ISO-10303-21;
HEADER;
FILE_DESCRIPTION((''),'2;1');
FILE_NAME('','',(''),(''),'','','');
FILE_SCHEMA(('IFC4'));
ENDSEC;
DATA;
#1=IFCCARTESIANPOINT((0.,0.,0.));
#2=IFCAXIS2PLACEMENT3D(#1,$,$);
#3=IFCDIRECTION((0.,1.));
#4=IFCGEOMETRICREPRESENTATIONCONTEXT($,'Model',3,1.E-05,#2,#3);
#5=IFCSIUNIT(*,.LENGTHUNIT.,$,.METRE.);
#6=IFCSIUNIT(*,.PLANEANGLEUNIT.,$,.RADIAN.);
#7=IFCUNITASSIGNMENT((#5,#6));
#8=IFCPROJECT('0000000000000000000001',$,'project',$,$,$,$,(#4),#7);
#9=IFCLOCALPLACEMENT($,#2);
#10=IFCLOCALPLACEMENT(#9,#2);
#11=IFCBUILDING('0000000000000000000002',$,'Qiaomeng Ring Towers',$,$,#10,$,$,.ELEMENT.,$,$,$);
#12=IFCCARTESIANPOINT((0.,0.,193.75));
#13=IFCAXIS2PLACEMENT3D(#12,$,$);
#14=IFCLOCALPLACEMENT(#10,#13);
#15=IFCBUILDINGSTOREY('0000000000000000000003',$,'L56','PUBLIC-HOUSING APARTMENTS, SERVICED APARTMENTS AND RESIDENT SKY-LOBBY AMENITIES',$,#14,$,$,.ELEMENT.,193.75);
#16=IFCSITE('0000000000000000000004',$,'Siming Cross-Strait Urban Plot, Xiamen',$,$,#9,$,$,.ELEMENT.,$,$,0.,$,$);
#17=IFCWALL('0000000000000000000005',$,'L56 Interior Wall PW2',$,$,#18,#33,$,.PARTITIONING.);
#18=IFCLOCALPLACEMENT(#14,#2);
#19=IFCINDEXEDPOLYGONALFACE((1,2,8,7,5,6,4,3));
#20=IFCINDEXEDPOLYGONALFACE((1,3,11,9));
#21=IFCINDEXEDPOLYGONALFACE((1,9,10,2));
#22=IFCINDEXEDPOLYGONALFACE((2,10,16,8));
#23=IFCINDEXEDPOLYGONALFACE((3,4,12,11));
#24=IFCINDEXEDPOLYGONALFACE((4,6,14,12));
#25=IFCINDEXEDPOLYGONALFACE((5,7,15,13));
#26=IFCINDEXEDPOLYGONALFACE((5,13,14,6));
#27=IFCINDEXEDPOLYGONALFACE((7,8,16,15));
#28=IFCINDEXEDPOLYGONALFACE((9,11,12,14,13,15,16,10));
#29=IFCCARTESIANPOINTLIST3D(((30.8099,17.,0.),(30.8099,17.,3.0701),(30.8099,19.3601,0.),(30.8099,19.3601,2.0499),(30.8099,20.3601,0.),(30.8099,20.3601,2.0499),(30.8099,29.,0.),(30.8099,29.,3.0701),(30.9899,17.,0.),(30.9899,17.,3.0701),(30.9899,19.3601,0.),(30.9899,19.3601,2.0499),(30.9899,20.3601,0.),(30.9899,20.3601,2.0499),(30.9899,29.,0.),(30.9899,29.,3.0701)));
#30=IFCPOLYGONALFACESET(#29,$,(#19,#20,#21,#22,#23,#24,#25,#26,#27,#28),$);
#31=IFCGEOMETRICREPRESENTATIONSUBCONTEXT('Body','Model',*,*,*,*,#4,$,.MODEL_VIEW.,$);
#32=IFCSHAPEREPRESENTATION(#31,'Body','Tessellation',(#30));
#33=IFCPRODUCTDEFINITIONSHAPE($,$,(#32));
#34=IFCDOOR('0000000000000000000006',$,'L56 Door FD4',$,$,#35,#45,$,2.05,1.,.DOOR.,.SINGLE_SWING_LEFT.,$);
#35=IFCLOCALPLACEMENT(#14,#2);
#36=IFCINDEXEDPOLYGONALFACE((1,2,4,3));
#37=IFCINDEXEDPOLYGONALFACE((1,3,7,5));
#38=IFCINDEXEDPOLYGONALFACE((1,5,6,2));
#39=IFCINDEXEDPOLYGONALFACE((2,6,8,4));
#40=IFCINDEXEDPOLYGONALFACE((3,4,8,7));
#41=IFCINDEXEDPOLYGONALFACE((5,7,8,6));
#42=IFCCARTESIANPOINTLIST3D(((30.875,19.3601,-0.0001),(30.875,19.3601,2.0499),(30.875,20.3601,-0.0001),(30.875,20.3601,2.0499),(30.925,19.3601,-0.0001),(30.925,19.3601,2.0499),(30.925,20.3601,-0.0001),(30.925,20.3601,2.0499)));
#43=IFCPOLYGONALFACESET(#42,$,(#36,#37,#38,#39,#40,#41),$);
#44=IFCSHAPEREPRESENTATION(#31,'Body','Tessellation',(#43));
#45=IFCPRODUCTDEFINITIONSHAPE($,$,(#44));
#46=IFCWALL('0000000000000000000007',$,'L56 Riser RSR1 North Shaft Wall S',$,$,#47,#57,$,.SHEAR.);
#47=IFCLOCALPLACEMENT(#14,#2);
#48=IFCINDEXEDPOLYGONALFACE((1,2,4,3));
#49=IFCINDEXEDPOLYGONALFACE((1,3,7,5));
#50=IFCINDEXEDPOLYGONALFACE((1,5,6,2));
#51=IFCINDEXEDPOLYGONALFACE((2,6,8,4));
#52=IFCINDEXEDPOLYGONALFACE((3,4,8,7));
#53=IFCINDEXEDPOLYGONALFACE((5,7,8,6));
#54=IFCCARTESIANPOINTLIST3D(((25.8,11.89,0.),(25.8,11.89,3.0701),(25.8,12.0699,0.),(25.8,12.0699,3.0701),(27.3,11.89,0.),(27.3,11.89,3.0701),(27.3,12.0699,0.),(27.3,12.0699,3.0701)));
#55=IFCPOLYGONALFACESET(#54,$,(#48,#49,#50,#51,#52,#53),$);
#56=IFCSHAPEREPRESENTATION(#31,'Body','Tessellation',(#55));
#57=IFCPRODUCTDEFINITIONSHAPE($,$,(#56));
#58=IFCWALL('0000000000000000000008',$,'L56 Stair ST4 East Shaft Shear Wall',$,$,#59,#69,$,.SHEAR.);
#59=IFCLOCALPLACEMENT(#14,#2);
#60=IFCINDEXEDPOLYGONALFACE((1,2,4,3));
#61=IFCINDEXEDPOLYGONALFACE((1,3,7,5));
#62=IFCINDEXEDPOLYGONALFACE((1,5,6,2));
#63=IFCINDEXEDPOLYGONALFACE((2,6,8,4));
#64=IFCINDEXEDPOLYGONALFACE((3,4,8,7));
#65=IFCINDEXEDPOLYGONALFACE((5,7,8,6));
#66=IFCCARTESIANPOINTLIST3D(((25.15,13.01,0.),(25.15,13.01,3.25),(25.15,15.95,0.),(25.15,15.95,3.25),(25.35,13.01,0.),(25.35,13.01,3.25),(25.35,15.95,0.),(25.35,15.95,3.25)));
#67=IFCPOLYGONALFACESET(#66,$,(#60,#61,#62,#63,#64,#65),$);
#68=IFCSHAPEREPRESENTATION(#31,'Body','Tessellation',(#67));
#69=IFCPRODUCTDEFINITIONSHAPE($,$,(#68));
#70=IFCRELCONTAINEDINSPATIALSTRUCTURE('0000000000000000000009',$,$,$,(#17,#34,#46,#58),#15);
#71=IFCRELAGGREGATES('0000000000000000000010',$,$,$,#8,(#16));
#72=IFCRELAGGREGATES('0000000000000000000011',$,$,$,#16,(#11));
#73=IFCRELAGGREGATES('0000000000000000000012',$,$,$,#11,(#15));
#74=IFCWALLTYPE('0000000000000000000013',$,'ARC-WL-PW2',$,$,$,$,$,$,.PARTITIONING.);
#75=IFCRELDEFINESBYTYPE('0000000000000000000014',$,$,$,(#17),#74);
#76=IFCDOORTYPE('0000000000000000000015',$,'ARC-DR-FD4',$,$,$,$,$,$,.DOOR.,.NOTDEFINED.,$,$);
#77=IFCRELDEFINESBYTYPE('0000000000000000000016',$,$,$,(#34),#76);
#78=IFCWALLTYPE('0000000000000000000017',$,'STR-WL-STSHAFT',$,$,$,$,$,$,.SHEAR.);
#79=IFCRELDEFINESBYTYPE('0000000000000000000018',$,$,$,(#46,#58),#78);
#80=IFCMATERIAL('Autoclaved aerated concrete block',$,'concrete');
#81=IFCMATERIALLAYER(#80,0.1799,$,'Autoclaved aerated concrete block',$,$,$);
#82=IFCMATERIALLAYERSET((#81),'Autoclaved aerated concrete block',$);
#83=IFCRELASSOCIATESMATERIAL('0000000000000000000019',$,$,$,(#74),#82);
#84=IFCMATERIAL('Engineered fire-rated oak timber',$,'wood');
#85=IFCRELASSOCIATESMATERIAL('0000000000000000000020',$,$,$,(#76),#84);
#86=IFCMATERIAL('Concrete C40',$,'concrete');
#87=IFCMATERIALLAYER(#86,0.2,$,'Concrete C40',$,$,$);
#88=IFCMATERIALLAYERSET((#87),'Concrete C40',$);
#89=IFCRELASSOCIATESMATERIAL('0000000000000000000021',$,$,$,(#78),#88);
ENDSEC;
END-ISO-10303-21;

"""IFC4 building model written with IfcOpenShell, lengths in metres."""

from ifc_helpers import new_model, si_unit, direction, frame, frame_2d, origin, place, context, subcontext, project, spatial, rectangle, extrude, source, transform, mapped, material, layer, layer_set, type_object, element, fill, save


model = new_model("IFC4")

# Units and contexts
model_context = context("Model", 3, precision=1e-05, world=origin(), true_north=direction((0.0, 1.0)))
body_context = subcontext(model_context, "Body", "Model", "MODEL_VIEW")
ifc_project = project(units=[si_unit("LENGTHUNIT", "METRE"), si_unit("PLANEANGLEUNIT", "RADIAN")], contexts=[model_context])

# Site, building, storey
site_placement = place(None, origin())
site = spatial("IfcSite", under=ifc_project, at=site_placement, Name="Siming Cross-Strait Urban Plot, Xiamen", CompositionType="ELEMENT", RefElevation=0.0)
building_placement = place(site_placement, origin())
building = spatial("IfcBuilding", under=site, at=building_placement, Name="Qiaomeng Ring Towers", CompositionType="ELEMENT")
storey_placement = place(building_placement, frame((0.0, 0.0, 193.75)))
storey = spatial("IfcBuildingStorey", under=building, at=storey_placement, Name="L56", Description="PUBLIC-HOUSING APARTMENTS, SERVICED APARTMENTS AND RESIDENT SKY-LOBBY AMENITIES", CompositionType="ELEMENT", Elevation=193.75)

# Shared definitions
ifc_material_1 = material(Name="Concrete C40", Category="concrete")

# Shared definitions
ifc_material_2 = material(Name="Autoclaved aerated concrete block", Category="concrete")

# Wall, opening, door
ifc_layer_1 = layer(ifc_material_2, 0.1799, Name="Autoclaved aerated concrete block")
ifc_layer_set_1 = layer_set([ifc_layer_1], Name="Autoclaved aerated concrete block")
wall_type_1 = type_object("IfcWallType", Name="ARC-WL-PW2", PredefinedType="PARTITIONING", material=ifc_layer_set_1)
wall_1_placement = place(storey_placement, frame((30.8999, 17.0, 0.0), z_axis=(0.0, 0.0, 1.0), x_axis=(0.0, 1.0, 0.0)))
wall_1 = element("IfcWall", 1, at=wall_1_placement, inside=storey, type_object=wall_type_1, Name="L56 Interior Wall PW2", PredefinedType="PARTITIONING", context=body_context, shape_type="SweptSolid", body=[
    extrude(rectangle(XDim=12.0, YDim=0.1799, at=frame_2d((6.0, 0.0))), origin(), (0.0, 0.0, 1.0), 3.0701),
])
opening_1_placement = place(wall_1_placement, frame((2.3601, 0.0, 0.0)))
opening_1 = element("IfcOpeningElement", 2, at=opening_1_placement, cuts=wall_1, PredefinedType="OPENING", context=body_context, shape_type="SweptSolid", body=[
    extrude(rectangle(XDim=1.0, YDim=2.05, at=frame_2d((0.5, 1.0249))), frame((0.0, 0.0999, 0.0), z_axis=(0.0, -1.0, 0.0), x_axis=(1.0, 0.0, 0.0)), (0.0, 0.0, 1.0), 0.2),
])
ifc_material_3 = material(Name="Engineered fire-rated oak timber", Category="wood")
door_type_1 = type_object("IfcDoorType", Name="ARC-DR-FD4", OperationType="NOTDEFINED", PredefinedType="DOOR", material=ifc_material_3)
shared_shape_1 = source(origin(), body_context, "Body", "SweptSolid", [
    extrude(rectangle(XDim=1.0, YDim=2.05, at=frame_2d((0.5, 1.0249))), frame((0.0, 0.0249, 0.0), z_axis=(0.0, -1.0, 0.0), x_axis=(1.0, 0.0, 0.0)), (0.0, 0.0, 1.0), 0.05),
])
door_1_placement = place(opening_1_placement, origin())
door_1 = element("IfcDoor", 3, at=door_1_placement, inside=storey, type_object=door_type_1, Name="L56 Door FD4", OperationType="SINGLE_SWING_LEFT", OverallHeight=2.05, OverallWidth=1.0, PredefinedType="DOOR", context=body_context, shape_type="MappedRepresentation", body=[
    mapped(shared_shape_1, transform((0.0, 0.0, 0.0), x_axis=(1.0, 0.0, 0.0), y_axis=(0.0, 1.0, 0.0), z_axis=(0.0, 0.0, 1.0), scale=1.0)),
])
fill(opening_1, door_1)

# Walls
ifc_layer_2 = layer(ifc_material_1, 0.2, Name="Concrete C40")
ifc_layer_set_2 = layer_set([ifc_layer_2], Name="Concrete C40")
wall_type_2 = type_object("IfcWallType", Name="STR-WL-STSHAFT", PredefinedType="SHEAR", material=ifc_layer_set_2)
wall_2_placement = place(storey_placement, frame((25.8, 11.98, 0.0), z_axis=(0.0, 0.0, 1.0), x_axis=(1.0, 0.0, 0.0)))
element("IfcWall", 4, at=wall_2_placement, inside=storey, type_object=wall_type_2, Name="L56 Riser RSR1 North Shaft Wall S", PredefinedType="SHEAR", context=body_context, shape_type="SweptSolid", body=[
    extrude(rectangle(XDim=1.5, YDim=0.1799, at=frame_2d((0.75, 0.0))), origin(), (0.0, 0.0, 1.0), 3.0701),
])
wall_3_placement = place(storey_placement, frame((25.25, 13.01, 0.0), z_axis=(0.0, 0.0, 1.0), x_axis=(0.0, 1.0, 0.0)))
element("IfcWall", 5, at=wall_3_placement, inside=storey, type_object=wall_type_2, Name="L56 Stair ST4 East Shaft Shear Wall", PredefinedType="SHEAR", context=body_context, shape_type="SweptSolid", body=[
    extrude(rectangle(XDim=2.9399, YDim=0.2, at=frame_2d((1.47, 0.0))), origin(), (0.0, 0.0, 1.0), 3.25),
])

save(model, "model.ifc")
